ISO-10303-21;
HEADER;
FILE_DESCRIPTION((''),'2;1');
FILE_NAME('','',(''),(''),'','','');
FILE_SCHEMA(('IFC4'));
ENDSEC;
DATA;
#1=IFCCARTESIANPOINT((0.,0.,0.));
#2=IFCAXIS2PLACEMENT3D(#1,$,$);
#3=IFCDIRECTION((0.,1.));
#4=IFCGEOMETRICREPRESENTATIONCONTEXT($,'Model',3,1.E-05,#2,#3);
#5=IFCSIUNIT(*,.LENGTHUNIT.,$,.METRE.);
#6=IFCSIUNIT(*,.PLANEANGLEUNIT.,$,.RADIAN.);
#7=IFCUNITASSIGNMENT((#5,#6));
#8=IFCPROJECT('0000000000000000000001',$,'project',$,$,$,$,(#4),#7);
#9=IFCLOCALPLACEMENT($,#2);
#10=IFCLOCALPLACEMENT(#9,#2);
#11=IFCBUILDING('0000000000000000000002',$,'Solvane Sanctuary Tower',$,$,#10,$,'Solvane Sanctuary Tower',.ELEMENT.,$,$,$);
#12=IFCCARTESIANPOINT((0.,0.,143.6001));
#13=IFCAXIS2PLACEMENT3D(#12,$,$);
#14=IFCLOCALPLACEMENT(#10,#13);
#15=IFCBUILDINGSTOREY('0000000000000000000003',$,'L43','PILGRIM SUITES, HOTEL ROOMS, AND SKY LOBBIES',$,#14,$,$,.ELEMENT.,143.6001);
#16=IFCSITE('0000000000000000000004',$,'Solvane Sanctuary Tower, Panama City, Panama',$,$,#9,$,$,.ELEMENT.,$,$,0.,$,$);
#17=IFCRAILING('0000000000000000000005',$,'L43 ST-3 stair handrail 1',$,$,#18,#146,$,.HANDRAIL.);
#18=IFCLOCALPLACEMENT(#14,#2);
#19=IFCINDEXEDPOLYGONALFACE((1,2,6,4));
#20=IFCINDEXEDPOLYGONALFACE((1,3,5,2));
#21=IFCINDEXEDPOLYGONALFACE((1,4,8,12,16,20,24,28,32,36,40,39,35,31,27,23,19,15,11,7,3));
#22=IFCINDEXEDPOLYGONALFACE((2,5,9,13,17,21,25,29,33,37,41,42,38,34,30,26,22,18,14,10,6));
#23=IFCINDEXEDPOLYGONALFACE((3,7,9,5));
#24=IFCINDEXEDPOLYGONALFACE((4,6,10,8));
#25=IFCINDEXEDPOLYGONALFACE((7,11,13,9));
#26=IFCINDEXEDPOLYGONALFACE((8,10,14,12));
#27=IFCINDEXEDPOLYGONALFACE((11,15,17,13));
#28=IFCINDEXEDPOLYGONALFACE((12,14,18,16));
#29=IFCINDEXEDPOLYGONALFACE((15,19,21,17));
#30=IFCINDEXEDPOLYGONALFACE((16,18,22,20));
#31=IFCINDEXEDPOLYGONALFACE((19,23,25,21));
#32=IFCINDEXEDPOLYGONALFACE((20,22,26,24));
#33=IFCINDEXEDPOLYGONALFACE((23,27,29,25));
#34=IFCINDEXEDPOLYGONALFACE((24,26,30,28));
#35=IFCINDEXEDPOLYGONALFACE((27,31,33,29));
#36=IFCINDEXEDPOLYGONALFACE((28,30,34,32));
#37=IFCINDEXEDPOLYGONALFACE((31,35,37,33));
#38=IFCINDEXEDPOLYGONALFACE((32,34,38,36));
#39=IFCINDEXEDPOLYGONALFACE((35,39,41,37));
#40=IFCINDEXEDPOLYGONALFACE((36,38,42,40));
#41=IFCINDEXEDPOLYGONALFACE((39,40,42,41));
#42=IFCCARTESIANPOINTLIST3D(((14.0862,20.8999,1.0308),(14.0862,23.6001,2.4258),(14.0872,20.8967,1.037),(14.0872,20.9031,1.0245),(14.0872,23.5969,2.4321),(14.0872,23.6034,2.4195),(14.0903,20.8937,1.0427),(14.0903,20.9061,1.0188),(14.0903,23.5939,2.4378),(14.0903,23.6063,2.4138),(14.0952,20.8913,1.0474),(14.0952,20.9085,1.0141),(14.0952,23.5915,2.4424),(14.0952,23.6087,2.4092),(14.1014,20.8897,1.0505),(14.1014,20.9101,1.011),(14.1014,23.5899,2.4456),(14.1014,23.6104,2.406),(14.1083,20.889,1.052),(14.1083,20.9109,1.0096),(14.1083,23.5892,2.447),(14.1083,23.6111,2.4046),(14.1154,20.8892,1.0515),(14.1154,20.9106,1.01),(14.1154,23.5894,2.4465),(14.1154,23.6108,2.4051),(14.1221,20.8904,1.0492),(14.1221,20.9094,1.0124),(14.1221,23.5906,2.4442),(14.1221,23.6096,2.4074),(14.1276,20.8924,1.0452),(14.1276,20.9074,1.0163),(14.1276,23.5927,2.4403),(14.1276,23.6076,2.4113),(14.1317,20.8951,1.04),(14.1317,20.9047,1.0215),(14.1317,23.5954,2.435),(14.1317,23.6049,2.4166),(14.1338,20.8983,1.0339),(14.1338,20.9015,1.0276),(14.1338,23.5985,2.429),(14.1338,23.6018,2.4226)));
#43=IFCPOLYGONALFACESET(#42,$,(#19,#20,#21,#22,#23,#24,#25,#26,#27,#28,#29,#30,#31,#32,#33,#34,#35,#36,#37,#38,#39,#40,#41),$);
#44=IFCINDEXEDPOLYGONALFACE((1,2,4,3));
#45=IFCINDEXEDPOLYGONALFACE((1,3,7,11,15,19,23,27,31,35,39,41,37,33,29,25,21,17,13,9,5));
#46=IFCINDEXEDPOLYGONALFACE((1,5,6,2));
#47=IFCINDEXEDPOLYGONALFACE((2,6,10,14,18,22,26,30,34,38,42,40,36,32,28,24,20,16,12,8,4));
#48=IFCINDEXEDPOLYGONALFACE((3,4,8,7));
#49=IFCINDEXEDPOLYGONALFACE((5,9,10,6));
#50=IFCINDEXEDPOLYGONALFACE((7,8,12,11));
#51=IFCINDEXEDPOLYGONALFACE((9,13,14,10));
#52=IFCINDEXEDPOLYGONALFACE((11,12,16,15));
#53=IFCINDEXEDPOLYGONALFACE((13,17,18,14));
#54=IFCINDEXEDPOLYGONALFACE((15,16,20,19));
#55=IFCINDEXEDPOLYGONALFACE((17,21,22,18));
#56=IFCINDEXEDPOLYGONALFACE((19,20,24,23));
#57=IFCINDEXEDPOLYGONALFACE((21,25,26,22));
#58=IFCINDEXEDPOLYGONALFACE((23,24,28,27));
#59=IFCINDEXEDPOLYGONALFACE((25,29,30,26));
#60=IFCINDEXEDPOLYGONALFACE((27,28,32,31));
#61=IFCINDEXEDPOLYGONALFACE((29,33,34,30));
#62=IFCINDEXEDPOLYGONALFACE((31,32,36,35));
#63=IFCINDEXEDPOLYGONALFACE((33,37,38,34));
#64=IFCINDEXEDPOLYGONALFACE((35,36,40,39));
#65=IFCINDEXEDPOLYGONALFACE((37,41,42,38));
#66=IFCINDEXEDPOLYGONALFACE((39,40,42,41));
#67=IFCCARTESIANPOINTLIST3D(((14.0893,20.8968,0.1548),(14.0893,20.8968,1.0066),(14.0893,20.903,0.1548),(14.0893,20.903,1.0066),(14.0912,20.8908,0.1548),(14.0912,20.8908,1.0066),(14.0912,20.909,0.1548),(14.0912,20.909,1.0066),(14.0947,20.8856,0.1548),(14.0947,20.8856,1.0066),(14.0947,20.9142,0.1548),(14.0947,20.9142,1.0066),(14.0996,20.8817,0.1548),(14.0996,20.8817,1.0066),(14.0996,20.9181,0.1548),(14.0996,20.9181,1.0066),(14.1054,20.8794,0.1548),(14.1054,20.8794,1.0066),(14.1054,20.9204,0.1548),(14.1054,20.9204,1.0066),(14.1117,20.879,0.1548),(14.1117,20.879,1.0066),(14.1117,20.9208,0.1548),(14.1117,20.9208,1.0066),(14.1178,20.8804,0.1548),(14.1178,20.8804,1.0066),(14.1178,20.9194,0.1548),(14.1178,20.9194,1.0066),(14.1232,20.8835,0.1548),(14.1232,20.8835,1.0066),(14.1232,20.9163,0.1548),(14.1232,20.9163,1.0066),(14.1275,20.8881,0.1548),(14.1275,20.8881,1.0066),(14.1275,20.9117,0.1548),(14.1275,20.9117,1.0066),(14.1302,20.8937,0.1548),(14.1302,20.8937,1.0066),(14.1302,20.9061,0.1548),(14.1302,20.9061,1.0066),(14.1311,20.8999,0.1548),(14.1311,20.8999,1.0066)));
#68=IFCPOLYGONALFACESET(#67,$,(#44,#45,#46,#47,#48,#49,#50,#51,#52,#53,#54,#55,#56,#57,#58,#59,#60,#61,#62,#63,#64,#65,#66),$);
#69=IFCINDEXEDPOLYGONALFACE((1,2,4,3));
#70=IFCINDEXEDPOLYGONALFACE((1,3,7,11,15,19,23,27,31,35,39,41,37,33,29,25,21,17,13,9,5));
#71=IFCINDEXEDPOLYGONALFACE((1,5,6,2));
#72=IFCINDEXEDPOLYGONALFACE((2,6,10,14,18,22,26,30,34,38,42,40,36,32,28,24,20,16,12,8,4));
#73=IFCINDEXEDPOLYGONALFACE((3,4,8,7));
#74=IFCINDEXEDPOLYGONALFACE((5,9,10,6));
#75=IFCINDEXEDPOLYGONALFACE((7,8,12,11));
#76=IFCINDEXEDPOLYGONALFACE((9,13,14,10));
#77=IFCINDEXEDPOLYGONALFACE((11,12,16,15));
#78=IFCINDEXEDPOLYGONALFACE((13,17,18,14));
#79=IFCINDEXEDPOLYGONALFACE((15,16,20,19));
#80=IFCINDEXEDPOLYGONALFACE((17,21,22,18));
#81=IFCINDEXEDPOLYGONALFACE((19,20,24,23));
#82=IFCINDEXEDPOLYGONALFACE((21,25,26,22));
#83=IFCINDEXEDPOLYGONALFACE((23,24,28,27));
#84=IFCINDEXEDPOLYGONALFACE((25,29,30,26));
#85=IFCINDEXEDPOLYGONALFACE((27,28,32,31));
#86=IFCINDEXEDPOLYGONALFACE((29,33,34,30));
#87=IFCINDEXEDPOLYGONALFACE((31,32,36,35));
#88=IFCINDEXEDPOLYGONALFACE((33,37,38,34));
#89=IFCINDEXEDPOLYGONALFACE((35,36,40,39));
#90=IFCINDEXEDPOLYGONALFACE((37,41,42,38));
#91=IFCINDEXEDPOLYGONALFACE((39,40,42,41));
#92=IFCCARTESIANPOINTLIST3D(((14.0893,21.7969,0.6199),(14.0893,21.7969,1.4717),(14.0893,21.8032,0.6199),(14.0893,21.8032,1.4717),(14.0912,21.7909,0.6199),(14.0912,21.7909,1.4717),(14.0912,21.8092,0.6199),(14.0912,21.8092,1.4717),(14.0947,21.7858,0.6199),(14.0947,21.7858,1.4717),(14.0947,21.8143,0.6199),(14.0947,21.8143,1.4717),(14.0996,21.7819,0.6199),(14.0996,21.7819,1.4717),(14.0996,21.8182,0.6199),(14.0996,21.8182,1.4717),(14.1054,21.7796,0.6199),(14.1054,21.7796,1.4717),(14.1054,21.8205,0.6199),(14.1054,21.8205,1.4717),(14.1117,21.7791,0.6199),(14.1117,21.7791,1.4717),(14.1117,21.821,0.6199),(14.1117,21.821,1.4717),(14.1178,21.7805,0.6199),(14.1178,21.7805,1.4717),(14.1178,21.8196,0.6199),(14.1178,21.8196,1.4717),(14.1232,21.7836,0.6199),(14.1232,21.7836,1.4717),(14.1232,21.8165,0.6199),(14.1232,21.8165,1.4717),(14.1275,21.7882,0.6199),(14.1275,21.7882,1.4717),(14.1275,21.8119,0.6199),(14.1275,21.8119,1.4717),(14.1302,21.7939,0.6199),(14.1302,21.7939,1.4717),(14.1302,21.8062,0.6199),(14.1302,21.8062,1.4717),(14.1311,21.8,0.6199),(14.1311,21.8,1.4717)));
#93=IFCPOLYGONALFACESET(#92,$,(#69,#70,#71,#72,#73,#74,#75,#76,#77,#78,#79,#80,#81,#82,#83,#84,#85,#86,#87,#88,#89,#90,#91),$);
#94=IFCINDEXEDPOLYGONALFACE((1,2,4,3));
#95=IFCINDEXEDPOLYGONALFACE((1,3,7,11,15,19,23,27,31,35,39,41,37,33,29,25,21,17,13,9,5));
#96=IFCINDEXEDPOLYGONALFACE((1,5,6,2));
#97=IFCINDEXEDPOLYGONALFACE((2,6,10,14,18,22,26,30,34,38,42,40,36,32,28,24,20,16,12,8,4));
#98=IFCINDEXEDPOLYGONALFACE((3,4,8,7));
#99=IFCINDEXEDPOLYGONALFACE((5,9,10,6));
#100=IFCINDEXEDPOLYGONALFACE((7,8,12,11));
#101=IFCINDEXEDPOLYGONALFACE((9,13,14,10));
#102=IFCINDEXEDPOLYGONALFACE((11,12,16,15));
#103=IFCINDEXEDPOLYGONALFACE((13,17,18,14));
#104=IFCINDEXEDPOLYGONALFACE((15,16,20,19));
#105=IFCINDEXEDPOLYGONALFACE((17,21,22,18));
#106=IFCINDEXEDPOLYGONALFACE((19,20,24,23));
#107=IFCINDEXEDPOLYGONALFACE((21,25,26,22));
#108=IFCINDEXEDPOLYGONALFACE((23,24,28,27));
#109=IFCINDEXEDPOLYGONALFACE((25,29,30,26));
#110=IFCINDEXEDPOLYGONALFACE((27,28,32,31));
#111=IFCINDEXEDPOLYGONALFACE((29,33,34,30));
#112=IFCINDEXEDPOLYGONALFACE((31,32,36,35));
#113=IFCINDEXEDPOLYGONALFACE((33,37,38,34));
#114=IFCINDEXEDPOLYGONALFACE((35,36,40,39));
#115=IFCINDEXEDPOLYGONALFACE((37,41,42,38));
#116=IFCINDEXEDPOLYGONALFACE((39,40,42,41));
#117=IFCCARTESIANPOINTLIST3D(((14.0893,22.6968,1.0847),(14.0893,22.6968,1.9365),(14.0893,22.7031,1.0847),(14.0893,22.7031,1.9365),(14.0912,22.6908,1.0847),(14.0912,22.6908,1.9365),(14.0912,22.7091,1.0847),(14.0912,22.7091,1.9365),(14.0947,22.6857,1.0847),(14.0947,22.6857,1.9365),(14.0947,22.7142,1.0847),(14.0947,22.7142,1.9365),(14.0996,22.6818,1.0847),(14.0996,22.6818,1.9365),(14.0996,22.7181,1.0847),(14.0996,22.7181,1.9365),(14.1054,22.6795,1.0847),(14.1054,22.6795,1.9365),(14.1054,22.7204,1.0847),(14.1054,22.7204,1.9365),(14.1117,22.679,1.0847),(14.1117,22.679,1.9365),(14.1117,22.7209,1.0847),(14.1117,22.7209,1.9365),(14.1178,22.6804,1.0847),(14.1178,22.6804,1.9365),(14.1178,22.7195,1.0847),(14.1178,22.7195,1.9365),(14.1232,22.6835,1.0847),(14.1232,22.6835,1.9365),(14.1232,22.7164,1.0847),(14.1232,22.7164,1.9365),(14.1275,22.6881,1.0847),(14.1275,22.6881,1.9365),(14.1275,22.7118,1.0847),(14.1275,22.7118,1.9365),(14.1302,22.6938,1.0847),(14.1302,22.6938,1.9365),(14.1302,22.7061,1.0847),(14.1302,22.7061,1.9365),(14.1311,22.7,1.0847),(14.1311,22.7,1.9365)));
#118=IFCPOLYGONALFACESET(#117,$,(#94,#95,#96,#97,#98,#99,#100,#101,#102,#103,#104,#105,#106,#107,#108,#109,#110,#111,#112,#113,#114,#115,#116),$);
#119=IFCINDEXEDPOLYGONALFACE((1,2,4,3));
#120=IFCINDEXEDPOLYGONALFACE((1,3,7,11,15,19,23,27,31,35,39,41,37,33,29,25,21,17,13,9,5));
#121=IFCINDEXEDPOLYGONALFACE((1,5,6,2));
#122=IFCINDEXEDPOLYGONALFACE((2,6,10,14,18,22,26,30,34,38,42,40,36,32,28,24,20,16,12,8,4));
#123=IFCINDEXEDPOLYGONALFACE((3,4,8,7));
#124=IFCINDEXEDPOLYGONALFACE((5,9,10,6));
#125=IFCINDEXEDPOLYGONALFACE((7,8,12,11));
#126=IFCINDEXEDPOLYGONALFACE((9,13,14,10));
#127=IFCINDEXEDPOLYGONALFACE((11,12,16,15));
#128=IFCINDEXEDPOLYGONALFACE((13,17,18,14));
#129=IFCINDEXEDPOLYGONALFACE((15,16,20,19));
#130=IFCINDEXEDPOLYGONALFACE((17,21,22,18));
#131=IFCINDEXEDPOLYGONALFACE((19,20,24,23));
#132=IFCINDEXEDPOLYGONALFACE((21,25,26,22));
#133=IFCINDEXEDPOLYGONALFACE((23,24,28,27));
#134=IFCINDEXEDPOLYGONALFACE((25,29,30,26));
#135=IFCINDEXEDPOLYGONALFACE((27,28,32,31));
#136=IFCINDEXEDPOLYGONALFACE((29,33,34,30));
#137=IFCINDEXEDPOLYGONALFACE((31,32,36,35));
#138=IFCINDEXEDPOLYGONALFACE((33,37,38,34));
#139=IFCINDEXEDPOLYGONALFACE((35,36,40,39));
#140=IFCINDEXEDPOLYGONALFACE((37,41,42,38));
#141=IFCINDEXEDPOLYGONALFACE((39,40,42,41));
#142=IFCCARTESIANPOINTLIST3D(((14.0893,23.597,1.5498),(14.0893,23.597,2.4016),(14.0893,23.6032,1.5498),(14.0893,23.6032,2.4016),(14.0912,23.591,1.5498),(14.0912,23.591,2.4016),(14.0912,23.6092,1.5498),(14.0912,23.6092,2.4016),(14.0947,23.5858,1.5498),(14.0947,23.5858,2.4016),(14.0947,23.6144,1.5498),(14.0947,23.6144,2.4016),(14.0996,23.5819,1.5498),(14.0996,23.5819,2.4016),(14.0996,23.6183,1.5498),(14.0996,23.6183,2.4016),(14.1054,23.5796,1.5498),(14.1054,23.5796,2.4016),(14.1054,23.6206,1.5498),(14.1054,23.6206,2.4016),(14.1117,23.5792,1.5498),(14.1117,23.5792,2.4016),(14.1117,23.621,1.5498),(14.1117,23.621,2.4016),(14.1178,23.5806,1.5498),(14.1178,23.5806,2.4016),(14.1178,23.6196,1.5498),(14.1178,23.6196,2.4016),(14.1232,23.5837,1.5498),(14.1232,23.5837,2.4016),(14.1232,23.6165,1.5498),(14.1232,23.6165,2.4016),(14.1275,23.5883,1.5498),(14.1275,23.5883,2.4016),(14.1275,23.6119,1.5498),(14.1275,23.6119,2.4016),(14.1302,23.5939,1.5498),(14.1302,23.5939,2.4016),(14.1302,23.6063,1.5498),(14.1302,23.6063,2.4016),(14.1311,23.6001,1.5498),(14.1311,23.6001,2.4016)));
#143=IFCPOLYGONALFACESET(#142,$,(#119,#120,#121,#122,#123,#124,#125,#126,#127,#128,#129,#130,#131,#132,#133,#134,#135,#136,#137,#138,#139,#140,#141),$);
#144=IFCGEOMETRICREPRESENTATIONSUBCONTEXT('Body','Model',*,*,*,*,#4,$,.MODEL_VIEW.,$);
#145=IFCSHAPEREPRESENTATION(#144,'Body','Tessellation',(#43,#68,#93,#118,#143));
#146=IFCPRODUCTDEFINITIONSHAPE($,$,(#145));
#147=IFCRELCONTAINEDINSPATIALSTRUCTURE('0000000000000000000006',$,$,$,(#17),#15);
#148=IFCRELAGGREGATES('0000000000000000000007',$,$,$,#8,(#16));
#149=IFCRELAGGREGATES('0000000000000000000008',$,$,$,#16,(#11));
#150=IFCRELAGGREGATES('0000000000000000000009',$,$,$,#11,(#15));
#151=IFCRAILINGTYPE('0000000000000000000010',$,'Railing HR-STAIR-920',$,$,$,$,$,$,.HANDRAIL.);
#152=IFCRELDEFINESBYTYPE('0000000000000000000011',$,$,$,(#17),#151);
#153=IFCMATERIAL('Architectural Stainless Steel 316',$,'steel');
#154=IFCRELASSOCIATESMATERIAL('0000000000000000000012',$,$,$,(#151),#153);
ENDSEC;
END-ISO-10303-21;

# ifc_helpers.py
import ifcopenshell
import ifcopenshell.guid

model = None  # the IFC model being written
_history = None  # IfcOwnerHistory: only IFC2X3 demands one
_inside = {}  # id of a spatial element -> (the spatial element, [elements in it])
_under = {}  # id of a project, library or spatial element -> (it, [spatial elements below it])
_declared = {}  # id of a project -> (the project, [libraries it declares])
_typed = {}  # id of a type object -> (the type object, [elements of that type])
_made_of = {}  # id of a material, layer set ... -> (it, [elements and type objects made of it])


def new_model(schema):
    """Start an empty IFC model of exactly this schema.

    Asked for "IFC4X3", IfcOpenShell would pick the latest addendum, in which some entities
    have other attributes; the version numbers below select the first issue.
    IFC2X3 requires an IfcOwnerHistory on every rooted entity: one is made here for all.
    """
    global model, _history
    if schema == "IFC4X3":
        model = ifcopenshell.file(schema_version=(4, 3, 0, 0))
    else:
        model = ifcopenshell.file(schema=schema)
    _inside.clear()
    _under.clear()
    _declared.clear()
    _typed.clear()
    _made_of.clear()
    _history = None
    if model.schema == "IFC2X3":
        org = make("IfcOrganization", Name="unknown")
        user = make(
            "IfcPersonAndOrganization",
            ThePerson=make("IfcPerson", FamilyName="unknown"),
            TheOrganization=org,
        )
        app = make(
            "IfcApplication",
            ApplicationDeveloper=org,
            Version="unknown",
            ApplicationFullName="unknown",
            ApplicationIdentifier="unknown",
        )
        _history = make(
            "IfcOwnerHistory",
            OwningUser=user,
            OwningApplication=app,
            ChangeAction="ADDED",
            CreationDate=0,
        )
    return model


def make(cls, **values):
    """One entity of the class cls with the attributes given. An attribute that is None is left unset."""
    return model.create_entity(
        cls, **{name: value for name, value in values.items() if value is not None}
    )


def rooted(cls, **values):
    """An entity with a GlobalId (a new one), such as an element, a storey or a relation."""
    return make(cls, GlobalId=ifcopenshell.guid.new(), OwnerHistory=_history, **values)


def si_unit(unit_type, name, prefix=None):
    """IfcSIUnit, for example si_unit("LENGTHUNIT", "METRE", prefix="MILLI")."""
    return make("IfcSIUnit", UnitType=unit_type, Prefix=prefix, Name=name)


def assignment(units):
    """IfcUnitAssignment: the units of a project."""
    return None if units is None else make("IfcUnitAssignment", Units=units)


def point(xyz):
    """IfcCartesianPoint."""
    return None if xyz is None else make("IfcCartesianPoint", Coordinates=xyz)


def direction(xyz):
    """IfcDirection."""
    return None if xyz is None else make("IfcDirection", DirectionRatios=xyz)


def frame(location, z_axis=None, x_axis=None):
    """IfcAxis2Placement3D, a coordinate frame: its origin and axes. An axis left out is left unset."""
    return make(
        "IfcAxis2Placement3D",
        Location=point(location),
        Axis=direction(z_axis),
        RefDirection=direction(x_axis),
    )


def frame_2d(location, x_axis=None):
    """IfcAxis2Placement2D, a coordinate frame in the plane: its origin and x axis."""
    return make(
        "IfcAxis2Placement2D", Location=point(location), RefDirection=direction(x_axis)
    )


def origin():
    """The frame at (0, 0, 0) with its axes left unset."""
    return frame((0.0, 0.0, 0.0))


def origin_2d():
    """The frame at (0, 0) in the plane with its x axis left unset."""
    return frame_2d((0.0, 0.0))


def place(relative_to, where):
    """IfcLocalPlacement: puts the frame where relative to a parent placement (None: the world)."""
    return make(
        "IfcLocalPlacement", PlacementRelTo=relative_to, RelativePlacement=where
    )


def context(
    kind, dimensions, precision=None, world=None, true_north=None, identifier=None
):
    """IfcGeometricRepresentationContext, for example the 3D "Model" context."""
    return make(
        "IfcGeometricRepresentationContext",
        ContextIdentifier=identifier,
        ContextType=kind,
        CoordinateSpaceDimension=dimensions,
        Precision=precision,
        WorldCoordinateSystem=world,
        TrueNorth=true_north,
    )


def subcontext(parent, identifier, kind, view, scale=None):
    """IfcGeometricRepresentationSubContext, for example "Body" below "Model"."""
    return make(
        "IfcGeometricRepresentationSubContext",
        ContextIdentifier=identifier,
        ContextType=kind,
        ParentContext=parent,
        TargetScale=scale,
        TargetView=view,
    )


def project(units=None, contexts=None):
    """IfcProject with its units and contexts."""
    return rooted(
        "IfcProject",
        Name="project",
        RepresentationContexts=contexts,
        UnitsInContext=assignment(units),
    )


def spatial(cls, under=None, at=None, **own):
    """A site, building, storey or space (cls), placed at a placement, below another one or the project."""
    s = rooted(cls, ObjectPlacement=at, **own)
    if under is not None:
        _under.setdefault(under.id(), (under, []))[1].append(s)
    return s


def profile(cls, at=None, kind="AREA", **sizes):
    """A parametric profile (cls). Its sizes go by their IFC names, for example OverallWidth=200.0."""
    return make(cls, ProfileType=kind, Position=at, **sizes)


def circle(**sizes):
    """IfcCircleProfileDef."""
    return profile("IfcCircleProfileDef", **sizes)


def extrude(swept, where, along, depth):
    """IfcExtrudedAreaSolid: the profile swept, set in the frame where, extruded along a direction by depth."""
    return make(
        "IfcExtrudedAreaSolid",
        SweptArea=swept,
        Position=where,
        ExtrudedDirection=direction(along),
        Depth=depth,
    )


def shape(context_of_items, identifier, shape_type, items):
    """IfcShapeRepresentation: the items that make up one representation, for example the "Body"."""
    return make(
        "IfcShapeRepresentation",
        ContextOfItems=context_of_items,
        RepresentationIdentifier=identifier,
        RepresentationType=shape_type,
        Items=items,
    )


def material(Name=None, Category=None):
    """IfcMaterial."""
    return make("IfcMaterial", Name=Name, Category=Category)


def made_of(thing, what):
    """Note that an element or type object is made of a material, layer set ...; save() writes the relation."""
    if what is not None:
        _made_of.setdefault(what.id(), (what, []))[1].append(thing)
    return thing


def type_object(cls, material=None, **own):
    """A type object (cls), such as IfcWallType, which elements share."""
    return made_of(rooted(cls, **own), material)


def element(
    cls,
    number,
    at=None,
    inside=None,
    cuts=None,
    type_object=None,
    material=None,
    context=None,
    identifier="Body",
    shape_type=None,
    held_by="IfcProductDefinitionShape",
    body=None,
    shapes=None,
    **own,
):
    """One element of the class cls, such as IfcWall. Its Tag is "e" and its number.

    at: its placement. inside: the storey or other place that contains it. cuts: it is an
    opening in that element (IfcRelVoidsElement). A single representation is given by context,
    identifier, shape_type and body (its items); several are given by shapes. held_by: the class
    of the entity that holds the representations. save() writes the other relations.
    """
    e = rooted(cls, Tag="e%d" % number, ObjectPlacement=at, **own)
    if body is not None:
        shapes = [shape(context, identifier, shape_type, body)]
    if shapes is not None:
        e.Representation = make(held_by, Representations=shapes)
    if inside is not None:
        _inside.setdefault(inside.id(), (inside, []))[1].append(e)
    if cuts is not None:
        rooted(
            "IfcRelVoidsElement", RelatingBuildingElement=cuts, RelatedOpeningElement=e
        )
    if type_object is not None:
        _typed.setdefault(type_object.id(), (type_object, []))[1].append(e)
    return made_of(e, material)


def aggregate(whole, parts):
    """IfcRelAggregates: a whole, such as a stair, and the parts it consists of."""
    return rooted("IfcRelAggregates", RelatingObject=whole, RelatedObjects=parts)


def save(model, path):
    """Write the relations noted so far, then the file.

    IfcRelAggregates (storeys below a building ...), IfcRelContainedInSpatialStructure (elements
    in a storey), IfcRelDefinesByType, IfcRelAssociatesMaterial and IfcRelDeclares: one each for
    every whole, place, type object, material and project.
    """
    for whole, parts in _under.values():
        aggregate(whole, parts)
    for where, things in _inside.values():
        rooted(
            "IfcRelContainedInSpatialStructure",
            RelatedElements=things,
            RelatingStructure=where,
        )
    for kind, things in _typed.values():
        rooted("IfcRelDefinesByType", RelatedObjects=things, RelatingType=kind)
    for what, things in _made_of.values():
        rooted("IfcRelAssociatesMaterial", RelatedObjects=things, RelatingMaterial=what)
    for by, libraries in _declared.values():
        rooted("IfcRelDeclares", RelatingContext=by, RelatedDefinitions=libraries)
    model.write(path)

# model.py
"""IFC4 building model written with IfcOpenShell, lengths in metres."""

from ifc_helpers import new_model, si_unit, direction, frame, origin, origin_2d, place, context, subcontext, project, spatial, circle, extrude, material, type_object, element, save


model = new_model("IFC4")

# Units and contexts
model_context = context("Model", 3, precision=1e-05, world=origin(), true_north=direction((0.0, 1.0)))
body_context = subcontext(model_context, "Body", "Model", "MODEL_VIEW")
ifc_project = project(units=[si_unit("LENGTHUNIT", "METRE"), si_unit("PLANEANGLEUNIT", "RADIAN")], contexts=[model_context])

# Site, building, storey
site_placement = place(None, origin())
site = spatial("IfcSite", under=ifc_project, at=site_placement, Name="Solvane Sanctuary Tower, Panama City, Panama", CompositionType="ELEMENT", RefElevation=0.0)
building_placement = place(site_placement, origin())
building = spatial("IfcBuilding", under=site, at=building_placement, Name="Solvane Sanctuary Tower", LongName="Solvane Sanctuary Tower", CompositionType="ELEMENT")
storey_placement = place(building_placement, frame((0.0, 0.0, 143.6001)))
storey = spatial("IfcBuildingStorey", under=building, at=storey_placement, Name="L43", Description="PILGRIM SUITES, HOTEL ROOMS, AND SKY LOBBIES", CompositionType="ELEMENT", Elevation=143.6001)

# Railing
ifc_material_1 = material(Name="Architectural Stainless Steel 316", Category="steel")
railing_type_1 = type_object("IfcRailingType", Name="Railing HR-STAIR-920", PredefinedType="HANDRAIL", material=ifc_material_1)
railing_1_placement = place(storey_placement, frame((14.1101, 20.8999, 0.1548)))
element("IfcRailing", 1, at=railing_1_placement, inside=storey, type_object=railing_type_1, Name="L43 ST-3 stair handrail 1", PredefinedType="HANDRAIL", context=body_context, shape_type="SweptSolid", body=[
    extrude(circle(Radius=0.0239, at=origin_2d()), frame((0.0, 0.0, 0.876), z_axis=(0.0, 0.888437, 0.458999), x_axis=(-1.0, 0.0, 0.0)), (0.0, 0.0, 1.0), 3.0393),
    extrude(circle(Radius=0.021, at=origin_2d()), origin(), (0.0, 0.0, 1.0), 0.8518),
    extrude(circle(Radius=0.021, at=origin_2d()), frame((0.0, 0.9001, 0.4651)), (0.0, 0.0, 1.0), 0.8518),
    extrude(circle(Radius=0.021, at=origin_2d()), frame((0.0, 1.8, 0.9299)), (0.0, 0.0, 1.0), 0.8518),
    extrude(circle(Radius=0.021, at=origin_2d()), frame((0.0, 2.7002, 1.395)), (0.0, 0.0, 1.0), 0.8518),
])

save(model, "model.ifc")
